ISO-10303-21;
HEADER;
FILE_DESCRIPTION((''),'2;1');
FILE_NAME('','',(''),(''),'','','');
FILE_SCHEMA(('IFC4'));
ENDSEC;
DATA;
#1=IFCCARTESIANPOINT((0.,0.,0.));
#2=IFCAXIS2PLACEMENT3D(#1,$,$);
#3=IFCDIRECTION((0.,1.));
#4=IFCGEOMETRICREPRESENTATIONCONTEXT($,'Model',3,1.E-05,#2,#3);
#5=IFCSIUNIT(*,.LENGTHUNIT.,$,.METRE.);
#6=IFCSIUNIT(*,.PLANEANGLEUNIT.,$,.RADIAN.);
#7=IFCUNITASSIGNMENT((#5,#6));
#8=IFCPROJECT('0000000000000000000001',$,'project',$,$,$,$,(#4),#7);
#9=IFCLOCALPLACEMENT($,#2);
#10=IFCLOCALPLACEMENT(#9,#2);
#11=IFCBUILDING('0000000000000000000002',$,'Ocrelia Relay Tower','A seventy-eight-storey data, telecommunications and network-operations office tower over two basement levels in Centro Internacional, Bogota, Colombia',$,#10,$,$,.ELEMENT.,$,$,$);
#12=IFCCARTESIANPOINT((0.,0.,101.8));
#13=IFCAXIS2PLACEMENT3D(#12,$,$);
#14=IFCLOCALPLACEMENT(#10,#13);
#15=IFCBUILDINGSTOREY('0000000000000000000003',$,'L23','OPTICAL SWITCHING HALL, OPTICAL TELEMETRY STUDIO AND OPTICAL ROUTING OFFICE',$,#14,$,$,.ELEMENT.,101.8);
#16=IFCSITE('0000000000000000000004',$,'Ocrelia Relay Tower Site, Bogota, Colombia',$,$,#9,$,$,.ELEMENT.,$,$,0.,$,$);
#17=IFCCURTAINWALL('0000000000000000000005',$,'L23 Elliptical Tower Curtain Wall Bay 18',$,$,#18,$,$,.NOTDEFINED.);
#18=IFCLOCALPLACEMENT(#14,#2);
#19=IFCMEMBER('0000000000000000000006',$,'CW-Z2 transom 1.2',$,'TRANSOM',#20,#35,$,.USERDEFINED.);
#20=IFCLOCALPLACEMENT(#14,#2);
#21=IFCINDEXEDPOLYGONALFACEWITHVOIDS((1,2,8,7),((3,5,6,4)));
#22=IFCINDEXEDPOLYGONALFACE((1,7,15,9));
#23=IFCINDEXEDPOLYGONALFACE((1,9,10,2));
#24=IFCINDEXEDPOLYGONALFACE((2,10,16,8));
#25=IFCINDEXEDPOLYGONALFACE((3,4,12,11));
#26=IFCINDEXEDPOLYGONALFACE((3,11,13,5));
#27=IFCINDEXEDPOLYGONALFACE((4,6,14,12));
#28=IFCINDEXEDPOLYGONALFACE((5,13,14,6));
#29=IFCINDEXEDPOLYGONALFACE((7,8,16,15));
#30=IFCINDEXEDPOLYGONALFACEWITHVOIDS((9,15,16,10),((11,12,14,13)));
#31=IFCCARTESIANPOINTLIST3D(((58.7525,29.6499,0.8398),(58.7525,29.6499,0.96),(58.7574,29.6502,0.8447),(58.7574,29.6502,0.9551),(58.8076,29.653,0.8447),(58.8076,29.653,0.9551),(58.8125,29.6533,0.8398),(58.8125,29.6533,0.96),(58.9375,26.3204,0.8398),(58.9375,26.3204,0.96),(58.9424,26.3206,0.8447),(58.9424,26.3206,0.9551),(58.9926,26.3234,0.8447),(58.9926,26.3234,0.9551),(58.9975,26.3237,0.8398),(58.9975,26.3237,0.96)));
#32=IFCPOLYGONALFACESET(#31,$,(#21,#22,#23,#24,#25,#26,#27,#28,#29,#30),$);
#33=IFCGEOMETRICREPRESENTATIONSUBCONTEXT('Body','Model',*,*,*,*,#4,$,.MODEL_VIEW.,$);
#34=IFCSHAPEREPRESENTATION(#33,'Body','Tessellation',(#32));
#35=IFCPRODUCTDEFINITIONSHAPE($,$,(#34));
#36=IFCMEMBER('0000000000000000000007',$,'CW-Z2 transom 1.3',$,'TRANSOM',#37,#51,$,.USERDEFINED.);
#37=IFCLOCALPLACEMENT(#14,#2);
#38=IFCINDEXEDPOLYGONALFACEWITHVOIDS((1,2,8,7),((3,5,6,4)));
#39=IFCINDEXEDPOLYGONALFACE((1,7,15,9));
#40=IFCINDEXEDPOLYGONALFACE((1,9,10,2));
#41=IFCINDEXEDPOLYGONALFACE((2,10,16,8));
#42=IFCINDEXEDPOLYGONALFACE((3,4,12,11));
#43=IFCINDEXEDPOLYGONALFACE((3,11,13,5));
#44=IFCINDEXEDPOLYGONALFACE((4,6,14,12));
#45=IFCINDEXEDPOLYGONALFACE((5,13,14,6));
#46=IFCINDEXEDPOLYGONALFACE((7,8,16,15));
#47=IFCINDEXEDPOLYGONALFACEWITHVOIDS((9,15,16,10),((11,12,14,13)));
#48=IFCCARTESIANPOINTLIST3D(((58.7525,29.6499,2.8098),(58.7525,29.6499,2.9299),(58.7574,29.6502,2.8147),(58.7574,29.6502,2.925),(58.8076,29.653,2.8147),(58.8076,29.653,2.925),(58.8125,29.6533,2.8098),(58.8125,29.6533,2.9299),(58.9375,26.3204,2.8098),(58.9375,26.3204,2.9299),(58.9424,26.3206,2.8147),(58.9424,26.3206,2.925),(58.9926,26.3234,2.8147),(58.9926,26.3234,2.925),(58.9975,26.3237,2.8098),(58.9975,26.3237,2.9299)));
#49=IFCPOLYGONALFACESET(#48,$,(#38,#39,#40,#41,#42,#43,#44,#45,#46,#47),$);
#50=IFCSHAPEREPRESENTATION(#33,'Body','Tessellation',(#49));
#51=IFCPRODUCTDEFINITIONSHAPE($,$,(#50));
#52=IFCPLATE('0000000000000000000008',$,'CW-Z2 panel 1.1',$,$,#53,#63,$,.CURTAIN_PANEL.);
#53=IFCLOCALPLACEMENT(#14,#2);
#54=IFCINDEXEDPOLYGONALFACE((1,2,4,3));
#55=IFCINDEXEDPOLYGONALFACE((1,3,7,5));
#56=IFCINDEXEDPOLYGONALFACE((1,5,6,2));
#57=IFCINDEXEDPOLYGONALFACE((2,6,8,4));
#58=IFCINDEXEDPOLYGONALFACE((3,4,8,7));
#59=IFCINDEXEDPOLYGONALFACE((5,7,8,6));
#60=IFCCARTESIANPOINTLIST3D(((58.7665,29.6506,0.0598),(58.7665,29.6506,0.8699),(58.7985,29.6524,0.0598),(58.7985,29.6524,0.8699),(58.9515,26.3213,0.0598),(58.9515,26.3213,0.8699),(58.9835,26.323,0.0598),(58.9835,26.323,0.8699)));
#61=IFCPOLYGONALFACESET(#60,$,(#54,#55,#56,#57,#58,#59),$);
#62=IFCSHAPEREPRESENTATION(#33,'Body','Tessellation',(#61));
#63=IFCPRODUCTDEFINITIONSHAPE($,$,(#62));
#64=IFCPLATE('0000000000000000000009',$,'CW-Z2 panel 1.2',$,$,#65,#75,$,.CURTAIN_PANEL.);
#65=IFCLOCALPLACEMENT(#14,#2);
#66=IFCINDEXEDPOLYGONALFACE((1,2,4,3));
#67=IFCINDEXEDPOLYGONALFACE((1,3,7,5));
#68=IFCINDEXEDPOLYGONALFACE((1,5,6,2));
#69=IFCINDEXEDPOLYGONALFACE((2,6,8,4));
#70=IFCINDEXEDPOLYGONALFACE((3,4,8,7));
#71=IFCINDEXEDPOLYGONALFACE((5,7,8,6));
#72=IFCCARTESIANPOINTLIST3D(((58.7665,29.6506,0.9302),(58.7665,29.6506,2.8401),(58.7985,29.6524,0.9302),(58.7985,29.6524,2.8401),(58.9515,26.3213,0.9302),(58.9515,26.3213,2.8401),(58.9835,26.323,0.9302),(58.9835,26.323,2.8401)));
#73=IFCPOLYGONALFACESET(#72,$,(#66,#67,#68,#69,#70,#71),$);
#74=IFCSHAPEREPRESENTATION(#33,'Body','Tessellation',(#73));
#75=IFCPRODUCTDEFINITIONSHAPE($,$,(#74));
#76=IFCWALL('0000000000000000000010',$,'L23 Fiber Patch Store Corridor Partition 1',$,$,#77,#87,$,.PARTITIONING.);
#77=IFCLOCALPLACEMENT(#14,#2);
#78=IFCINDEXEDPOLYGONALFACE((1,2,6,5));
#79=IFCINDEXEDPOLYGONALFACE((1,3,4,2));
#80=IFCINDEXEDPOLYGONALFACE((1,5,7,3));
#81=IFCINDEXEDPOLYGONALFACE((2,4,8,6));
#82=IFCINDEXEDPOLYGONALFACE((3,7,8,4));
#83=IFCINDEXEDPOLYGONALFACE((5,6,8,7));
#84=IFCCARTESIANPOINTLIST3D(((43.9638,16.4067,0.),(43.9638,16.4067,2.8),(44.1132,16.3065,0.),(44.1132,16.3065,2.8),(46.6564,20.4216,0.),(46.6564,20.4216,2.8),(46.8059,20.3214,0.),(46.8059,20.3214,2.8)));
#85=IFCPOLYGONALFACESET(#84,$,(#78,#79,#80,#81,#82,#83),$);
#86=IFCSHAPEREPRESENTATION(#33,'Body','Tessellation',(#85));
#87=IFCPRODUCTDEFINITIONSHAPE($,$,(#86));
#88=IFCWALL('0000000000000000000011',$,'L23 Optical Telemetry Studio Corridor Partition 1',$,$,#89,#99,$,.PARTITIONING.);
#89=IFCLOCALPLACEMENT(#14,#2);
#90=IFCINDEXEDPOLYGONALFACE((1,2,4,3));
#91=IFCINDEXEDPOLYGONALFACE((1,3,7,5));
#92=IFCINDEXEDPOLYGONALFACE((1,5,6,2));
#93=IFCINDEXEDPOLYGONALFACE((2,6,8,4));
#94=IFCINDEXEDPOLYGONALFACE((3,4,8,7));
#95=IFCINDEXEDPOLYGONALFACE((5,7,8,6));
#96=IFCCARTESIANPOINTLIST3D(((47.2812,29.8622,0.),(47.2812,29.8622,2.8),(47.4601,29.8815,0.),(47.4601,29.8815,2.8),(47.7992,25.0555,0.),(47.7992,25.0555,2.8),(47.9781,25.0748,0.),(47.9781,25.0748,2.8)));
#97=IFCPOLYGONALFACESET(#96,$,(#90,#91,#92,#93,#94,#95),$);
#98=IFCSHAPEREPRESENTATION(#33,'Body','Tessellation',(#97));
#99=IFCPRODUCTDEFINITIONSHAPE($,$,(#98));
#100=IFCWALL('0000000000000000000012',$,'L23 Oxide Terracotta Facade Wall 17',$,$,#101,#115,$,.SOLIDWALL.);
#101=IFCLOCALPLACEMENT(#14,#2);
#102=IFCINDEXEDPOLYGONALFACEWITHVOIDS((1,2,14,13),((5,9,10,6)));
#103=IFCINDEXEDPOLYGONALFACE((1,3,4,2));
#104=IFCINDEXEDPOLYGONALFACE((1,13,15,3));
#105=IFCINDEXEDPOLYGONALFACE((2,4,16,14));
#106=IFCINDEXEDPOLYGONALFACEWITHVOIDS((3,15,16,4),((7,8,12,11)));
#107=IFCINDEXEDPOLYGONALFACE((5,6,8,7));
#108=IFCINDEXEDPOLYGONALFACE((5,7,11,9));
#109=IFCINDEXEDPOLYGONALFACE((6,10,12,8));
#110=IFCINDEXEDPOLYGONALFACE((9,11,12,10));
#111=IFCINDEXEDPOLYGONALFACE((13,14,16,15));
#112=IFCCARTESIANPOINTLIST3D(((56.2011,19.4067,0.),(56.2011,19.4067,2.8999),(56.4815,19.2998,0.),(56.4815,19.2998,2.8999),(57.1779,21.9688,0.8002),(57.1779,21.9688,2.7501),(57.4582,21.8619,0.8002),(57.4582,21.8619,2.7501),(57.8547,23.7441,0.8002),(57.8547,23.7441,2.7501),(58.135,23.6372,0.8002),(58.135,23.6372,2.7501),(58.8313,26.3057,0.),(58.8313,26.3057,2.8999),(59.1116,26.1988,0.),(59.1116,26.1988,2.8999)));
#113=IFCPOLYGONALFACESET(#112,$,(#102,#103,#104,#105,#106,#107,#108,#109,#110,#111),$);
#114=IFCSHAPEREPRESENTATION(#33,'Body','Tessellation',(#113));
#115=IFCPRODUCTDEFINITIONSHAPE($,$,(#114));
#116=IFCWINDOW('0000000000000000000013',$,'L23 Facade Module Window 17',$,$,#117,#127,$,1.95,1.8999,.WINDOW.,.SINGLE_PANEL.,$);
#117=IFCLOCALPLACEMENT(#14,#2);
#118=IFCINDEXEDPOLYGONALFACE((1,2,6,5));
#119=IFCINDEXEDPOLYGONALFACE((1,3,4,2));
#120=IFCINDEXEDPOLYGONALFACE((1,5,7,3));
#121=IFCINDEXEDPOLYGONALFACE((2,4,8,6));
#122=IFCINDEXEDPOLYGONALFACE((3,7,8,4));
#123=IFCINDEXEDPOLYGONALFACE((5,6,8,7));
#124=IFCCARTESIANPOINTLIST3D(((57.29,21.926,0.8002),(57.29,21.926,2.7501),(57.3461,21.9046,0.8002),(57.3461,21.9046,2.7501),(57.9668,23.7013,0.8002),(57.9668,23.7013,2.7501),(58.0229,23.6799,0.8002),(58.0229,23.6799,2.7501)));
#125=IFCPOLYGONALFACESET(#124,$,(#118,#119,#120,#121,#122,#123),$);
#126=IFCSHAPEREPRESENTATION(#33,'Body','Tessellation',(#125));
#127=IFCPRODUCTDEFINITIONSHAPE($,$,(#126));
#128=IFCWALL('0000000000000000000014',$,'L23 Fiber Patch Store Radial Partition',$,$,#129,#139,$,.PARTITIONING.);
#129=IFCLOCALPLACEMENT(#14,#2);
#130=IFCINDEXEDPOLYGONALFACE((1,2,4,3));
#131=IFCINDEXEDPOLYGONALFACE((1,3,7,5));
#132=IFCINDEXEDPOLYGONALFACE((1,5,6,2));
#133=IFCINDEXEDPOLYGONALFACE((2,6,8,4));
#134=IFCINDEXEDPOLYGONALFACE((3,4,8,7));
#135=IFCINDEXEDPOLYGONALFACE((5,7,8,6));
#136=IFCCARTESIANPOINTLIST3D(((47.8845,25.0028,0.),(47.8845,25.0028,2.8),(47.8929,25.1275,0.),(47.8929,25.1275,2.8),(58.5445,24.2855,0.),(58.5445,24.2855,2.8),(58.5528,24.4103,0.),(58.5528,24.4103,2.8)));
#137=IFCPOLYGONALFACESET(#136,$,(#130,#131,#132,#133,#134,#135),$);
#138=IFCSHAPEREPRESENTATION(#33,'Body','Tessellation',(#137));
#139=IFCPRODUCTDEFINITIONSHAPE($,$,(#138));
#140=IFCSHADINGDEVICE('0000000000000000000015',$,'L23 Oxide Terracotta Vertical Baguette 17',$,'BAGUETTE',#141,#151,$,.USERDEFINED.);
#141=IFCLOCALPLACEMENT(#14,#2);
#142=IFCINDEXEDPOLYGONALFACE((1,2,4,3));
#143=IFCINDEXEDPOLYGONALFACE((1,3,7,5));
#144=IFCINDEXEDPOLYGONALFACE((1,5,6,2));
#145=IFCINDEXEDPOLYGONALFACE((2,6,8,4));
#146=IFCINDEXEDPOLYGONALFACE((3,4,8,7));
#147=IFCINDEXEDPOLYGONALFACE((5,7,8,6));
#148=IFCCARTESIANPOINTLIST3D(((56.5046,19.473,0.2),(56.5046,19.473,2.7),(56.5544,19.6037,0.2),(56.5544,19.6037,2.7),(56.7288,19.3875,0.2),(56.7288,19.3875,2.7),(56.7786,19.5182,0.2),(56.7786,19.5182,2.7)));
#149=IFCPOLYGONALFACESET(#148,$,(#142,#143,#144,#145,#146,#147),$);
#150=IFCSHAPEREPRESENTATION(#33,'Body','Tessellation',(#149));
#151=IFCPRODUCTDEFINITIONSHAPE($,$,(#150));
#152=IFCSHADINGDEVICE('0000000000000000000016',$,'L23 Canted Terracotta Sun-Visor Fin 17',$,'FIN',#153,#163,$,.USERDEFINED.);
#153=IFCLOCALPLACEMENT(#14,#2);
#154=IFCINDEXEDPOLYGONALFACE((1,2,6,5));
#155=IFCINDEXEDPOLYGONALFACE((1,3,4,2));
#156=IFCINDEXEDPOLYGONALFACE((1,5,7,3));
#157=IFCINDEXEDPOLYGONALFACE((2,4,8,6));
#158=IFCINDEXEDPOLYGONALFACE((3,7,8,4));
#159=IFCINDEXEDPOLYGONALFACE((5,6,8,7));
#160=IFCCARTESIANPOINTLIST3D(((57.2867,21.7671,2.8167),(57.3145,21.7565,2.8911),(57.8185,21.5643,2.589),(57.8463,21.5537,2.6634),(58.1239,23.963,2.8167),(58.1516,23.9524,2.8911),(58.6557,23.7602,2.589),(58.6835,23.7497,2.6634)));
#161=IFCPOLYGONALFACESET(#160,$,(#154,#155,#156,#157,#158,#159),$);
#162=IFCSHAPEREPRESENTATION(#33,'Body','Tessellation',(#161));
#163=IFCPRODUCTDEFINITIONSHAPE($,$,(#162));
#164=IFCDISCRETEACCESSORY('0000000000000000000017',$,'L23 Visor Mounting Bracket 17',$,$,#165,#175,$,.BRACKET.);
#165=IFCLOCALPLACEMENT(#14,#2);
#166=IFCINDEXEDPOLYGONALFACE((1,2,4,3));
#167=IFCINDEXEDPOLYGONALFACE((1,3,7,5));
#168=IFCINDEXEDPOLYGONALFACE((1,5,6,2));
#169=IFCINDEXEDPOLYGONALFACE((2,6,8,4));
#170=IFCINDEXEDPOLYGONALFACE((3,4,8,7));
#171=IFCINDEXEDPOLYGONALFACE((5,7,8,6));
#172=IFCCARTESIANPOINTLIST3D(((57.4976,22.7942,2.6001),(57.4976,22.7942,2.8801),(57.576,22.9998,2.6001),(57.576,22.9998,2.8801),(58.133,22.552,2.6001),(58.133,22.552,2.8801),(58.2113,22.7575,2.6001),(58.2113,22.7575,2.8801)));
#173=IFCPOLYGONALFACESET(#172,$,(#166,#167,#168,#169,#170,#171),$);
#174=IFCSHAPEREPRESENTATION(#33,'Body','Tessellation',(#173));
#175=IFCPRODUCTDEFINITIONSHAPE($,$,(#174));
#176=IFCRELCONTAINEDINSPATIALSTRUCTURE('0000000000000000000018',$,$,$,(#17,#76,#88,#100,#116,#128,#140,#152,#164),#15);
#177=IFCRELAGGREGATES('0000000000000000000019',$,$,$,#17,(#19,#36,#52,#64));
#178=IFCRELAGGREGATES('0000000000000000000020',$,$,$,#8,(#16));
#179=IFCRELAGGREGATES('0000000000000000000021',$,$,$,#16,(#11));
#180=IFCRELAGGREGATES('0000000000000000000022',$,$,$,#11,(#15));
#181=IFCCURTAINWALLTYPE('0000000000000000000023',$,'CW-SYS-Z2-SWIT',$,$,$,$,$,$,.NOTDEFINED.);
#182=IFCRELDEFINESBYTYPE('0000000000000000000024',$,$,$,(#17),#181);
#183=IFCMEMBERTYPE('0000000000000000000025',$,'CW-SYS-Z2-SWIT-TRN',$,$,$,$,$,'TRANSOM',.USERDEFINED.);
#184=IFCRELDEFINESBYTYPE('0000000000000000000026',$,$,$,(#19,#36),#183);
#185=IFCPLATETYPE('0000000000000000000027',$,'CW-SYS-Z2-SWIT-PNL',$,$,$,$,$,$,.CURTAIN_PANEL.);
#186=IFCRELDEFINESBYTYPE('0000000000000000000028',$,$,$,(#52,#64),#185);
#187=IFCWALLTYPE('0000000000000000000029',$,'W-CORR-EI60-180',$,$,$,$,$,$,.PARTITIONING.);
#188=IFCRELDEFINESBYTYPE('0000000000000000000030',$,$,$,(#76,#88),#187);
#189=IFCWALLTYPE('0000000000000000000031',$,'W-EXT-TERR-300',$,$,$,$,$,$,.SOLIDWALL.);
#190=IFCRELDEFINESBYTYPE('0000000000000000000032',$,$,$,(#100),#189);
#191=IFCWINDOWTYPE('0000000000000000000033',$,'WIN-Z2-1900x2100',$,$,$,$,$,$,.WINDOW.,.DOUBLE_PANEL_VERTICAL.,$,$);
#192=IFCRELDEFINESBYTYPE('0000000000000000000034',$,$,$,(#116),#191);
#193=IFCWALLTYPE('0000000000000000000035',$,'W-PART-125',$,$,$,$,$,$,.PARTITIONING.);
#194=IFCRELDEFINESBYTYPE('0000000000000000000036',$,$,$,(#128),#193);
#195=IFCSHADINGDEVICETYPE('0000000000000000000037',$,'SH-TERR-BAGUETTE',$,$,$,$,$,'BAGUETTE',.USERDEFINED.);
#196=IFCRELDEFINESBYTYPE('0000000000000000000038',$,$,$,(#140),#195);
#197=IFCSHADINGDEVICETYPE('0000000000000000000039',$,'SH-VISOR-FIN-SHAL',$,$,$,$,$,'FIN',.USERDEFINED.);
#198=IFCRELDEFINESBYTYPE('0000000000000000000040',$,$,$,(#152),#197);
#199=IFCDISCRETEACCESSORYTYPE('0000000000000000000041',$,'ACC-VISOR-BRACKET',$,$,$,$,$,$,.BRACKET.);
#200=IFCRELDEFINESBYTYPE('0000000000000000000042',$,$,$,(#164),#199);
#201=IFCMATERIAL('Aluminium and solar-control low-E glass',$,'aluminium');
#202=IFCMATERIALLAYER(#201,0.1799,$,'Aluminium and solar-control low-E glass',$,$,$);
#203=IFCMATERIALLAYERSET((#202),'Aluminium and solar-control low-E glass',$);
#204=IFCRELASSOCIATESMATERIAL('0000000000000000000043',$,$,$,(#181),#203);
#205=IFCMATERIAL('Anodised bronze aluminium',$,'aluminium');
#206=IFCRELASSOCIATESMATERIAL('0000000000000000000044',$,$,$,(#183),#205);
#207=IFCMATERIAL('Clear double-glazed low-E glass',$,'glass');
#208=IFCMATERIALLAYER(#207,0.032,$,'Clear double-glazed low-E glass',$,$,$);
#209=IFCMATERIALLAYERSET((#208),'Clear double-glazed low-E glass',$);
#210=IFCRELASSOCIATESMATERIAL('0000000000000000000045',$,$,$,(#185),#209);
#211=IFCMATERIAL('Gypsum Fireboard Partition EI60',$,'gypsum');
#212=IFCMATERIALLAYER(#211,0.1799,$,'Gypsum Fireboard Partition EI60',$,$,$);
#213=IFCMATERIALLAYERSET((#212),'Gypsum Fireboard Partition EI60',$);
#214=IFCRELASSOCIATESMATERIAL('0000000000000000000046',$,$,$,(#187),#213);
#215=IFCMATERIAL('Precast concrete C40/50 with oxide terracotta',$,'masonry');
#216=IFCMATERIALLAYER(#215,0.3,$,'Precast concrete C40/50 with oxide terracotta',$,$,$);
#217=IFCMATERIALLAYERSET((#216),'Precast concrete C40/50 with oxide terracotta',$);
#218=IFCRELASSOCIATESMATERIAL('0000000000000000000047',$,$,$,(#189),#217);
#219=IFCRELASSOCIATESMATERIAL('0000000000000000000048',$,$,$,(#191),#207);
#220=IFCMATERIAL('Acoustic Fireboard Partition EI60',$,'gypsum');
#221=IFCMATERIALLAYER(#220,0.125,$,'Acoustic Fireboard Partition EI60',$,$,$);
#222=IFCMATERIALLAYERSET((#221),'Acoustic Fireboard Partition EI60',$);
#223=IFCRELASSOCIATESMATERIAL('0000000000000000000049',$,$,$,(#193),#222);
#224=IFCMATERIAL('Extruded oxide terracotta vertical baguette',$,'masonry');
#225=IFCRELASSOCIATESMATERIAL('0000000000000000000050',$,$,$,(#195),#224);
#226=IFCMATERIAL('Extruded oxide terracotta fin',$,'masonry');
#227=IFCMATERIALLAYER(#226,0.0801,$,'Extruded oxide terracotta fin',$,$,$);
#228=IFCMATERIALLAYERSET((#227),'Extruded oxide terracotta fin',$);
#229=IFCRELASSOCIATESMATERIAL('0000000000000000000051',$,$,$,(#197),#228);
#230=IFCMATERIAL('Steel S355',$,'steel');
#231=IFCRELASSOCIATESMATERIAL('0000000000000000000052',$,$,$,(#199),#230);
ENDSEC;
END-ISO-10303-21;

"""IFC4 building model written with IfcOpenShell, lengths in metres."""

from ifc_helpers import new_model, si_unit, direction, frame, frame_2d, origin, origin_2d, place, context, subcontext, project, spatial, rectangle, hollow_rectangle, extrude, material, layer, layer_set, material_profile, profile_set, type_object, element, fill, aggregate, save


model = new_model("IFC4")

# Units and contexts
model_context = context("Model", 3, precision=1e-05, world=origin(), true_north=direction((0.0, 1.0)))
body_context = subcontext(model_context, "Body", "Model", "MODEL_VIEW")
ifc_project = project(units=[si_unit("LENGTHUNIT", "METRE"), si_unit("PLANEANGLEUNIT", "RADIAN")], contexts=[model_context])

# Site, building, storey
site_placement = place(None, origin())
site = spatial("IfcSite", under=ifc_project, at=site_placement, Name="Ocrelia Relay Tower Site, Bogota, Colombia", CompositionType="ELEMENT", RefElevation=0.0)
building_placement = place(site_placement, origin())
building = spatial("IfcBuilding", under=site, at=building_placement, Name="Ocrelia Relay Tower", Description="A seventy-eight-storey data, telecommunications and network-operations office tower over two basement levels in Centro Internacional, Bogota, Colombia", CompositionType="ELEMENT")
storey_placement = place(building_placement, frame((0.0, 0.0, 101.8)))
storey = spatial("IfcBuildingStorey", under=building, at=storey_placement, Name="L23", Description="OPTICAL SWITCHING HALL, OPTICAL TELEMETRY STUDIO AND OPTICAL ROUTING OFFICE", CompositionType="ELEMENT", Elevation=101.8)

# Shared definitions
ifc_material_1 = material(Name="Steel S355", Category="steel")

# Curtain wall, members, plates
ifc_material_2 = material(Name="Aluminium and solar-control low-E glass", Category="aluminium")
ifc_layer_1 = layer(ifc_material_2, 0.1799, Name="Aluminium and solar-control low-E glass")
ifc_layer_set_1 = layer_set([ifc_layer_1], Name="Aluminium and solar-control low-E glass")
curtain_wall_type = type_object("IfcCurtainWallType", Name="CW-SYS-Z2-SWIT", PredefinedType="NOTDEFINED", material=ifc_layer_set_1)
curtain_wall_placement = place(storey_placement, origin())
curtain_wall = element("IfcCurtainWall", 1, at=curtain_wall_placement, inside=storey, type_object=curtain_wall_type, Name="L23 Elliptical Tower Curtain Wall Bay 18", PredefinedType="NOTDEFINED")
ifc_material_3 = material(Name="Anodised bronze aluminium", Category="aluminium")
ifc_material_profile_1 = material_profile(ifc_material_3, hollow_rectangle(XDim=0.0601, YDim=0.1201, WallThickness=0.0049, at=origin_2d()), Name="CW-TRN-120x60")
ifc_profile_set_1 = profile_set([ifc_material_profile_1], Name="Anodised bronze aluminium")
member_type_1 = type_object("IfcMemberType", Name="CW-SYS-Z2-SWIT-TRN", ElementType="TRANSOM", PredefinedType="USERDEFINED", material=ifc_profile_set_1)
member_1_placement = place(storey_placement, frame((58.9675, 26.322, 0.8999), z_axis=(-0.055494, 0.998459, 0.0), x_axis=(-0.998459, -0.055494, 0.0)))
member_1 = element("IfcMember", 2, at=member_1_placement, type_object=member_type_1, Name="CW-Z2 transom 1.2", ObjectType="TRANSOM", PredefinedType="USERDEFINED", context=body_context, shape_type="SweptSolid", body=[
    extrude(hollow_rectangle(XDim=0.0601, YDim=0.1201, WallThickness=0.0049, at=origin_2d()), origin(), (0.0, 0.0, 1.0), 3.3347),
])
member_2_placement = place(storey_placement, frame((58.9675, 26.322, 2.8699), z_axis=(-0.055494, 0.998459, 0.0), x_axis=(-0.998459, -0.055494, 0.0)))
member_2 = element("IfcMember", 3, at=member_2_placement, type_object=member_type_1, Name="CW-Z2 transom 1.3", ObjectType="TRANSOM", PredefinedType="USERDEFINED", context=body_context, shape_type="SweptSolid", body=[
    extrude(hollow_rectangle(XDim=0.0601, YDim=0.1201, WallThickness=0.0049, at=origin_2d()), origin(), (0.0, 0.0, 1.0), 3.3347),
])
ifc_material_4 = material(Name="Clear double-glazed low-E glass", Category="glass")
ifc_layer_2 = layer(ifc_material_4, 0.032, Name="Clear double-glazed low-E glass")
ifc_layer_set_2 = layer_set([ifc_layer_2], Name="Clear double-glazed low-E glass")
plate_type = type_object("IfcPlateType", Name="CW-SYS-Z2-SWIT-PNL", PredefinedType="CURTAIN_PANEL", material=ifc_layer_set_2)
plate_1_placement = place(storey_placement, frame((58.875, 27.9868, 0.0598), z_axis=(0.0, 0.0, 1.0), x_axis=(-0.055487, 0.998459, 0.0)))
plate_1 = element("IfcPlate", 4, at=plate_1_placement, type_object=plate_type, Name="CW-Z2 panel 1.1", PredefinedType="CURTAIN_PANEL", context=body_context, shape_type="SweptSolid", body=[
    extrude(rectangle(XDim=3.3345, YDim=0.032, at=origin_2d()), origin(), (0.0, 0.0, 1.0), 0.8101),
])
plate_2_placement = place(storey_placement, frame((58.875, 27.9868, 0.9302), z_axis=(0.0, 0.0, 1.0), x_axis=(-0.055487, 0.998459, 0.0)))
plate_2 = element("IfcPlate", 5, at=plate_2_placement, type_object=plate_type, Name="CW-Z2 panel 1.2", PredefinedType="CURTAIN_PANEL", context=body_context, shape_type="SweptSolid", body=[
    extrude(rectangle(XDim=3.3345, YDim=0.032, at=origin_2d()), origin(), (0.0, 0.0, 1.0), 1.9099),
])
aggregate(curtain_wall, [member_1, member_2, plate_1, plate_2])

# Wall
ifc_material_5 = material(Name="Gypsum Fireboard Partition EI60", Category="gypsum")
ifc_layer_3 = layer(ifc_material_5, 0.1799, Name="Gypsum Fireboard Partition EI60")
ifc_layer_set_3 = layer_set([ifc_layer_3], Name="Gypsum Fireboard Partition EI60")
wall_type_1 = type_object("IfcWallType", Name="W-CORR-EI60-180", PredefinedType="PARTITIONING", material=ifc_layer_set_3)
wall_1_placement = place(storey_placement, frame((44.0386, 16.3567, 0.0), z_axis=(0.0, 0.0, 1.0), x_axis=(0.556994, 0.830517, 0.0)))
element("IfcWall", 6, at=wall_1_placement, inside=storey, type_object=wall_type_1, Name="L23 Fiber Patch Store Corridor Partition 1", PredefinedType="PARTITIONING", context=body_context, shape_type="SweptSolid", body=[
    extrude(rectangle(XDim=4.8342, YDim=0.1799, at=frame_2d((2.417, 0.0))), origin(), (0.0, 0.0, 1.0), 2.8),
])

# Wall
wall_2_placement = place(storey_placement, frame((47.8887, 25.0652, 0.0), z_axis=(0.0, 0.0, 1.0), x_axis=(-0.107161, 0.994242, 0.0)))
element("IfcWall", 7, at=wall_2_placement, inside=storey, type_object=wall_type_1, Name="L23 Optical Telemetry Studio Corridor Partition 1", PredefinedType="PARTITIONING", context=body_context, shape_type="SweptSolid", body=[
    extrude(rectangle(XDim=4.8345, YDim=0.1799, at=frame_2d((2.4172, 0.0))), origin(), (0.0, 0.0, 1.0), 2.8),
])

# Wall, opening, window
ifc_material_6 = material(Name="Precast concrete C40/50 with oxide terracotta", Category="masonry")
ifc_layer_4 = layer(ifc_material_6, 0.3, Name="Precast concrete C40/50 with oxide terracotta")
ifc_layer_set_4 = layer_set([ifc_layer_4], Name="Precast concrete C40/50 with oxide terracotta")
wall_type_2 = type_object("IfcWallType", Name="W-EXT-TERR-300", PredefinedType="SOLIDWALL", material=ifc_layer_set_4)
wall_3_placement = place(storey_placement, frame((56.3413, 19.3533, 0.0), z_axis=(0.0, 0.0, 1.0), x_axis=(0.356228, 0.934399, 0.0)))
wall_3 = element("IfcWall", 8, at=wall_3_placement, inside=storey, type_object=wall_type_2, Name="L23 Oxide Terracotta Facade Wall 17", PredefinedType="SOLIDWALL", context=body_context, shape_type="SweptSolid", body=[
    extrude(rectangle(XDim=7.3833, YDim=0.3, at=frame_2d((3.6917, 0.0))), origin(), (0.0, 0.0, 1.0), 2.8999),
])
opening_1_placement = place(wall_3_placement, frame((2.7419, 0.0, 0.8)))
opening_1 = element("IfcOpeningElement", 9, at=opening_1_placement, cuts=wall_3, PredefinedType="OPENING", context=body_context, shape_type="SweptSolid", body=[
    extrude(rectangle(XDim=1.8999, YDim=1.95, at=frame_2d((0.95, 0.9751))), frame((0.0, 0.1602, 0.0), z_axis=(0.0, -1.0, 0.0), x_axis=(1.0, 0.0, 0.0)), (0.0, 0.0, 1.0), 0.3201),
])
window_type = type_object("IfcWindowType", Name="WIN-Z2-1900x2100", PartitioningType="DOUBLE_PANEL_VERTICAL", PredefinedType="WINDOW", material=ifc_material_4)
window_placement = place(opening_1_placement, origin())
window = element("IfcWindow", 10, at=window_placement, inside=storey, type_object=window_type, Name="L23 Facade Module Window 17", OverallHeight=1.95, OverallWidth=1.8999, PartitioningType="SINGLE_PANEL", PredefinedType="WINDOW", context=body_context, shape_type="SweptSolid", body=[
    extrude(rectangle(XDim=1.8999, YDim=1.95, at=frame_2d((0.95, 0.9751))), frame((0.0, 0.03, 0.0), z_axis=(0.0, -1.0, 0.0), x_axis=(1.0, 0.0, 0.0)), (0.0, 0.0, 1.0), 0.0601),
])
fill(opening_1, window)

# Wall
ifc_material_7 = material(Name="Acoustic Fireboard Partition EI60", Category="gypsum")
ifc_layer_5 = layer(ifc_material_7, 0.125, Name="Acoustic Fireboard Partition EI60")
ifc_layer_set_5 = layer_set([ifc_layer_5], Name="Acoustic Fireboard Partition EI60")
wall_type_3 = type_object("IfcWallType", Name="W-PART-125", PredefinedType="PARTITIONING", material=ifc_layer_set_5)
wall_4_placement = place(storey_placement, frame((47.8887, 25.0652, 0.0), z_axis=(0.0, 0.0, 1.0), x_axis=(0.997744, -0.067136, 0.0)))
element("IfcWall", 11, at=wall_4_placement, inside=storey, type_object=wall_type_3, Name="L23 Fiber Patch Store Radial Partition", PredefinedType="PARTITIONING", context=body_context, shape_type="SweptSolid", body=[
    extrude(rectangle(XDim=10.6841, YDim=0.125, at=frame_2d((5.342, 0.0))), origin(), (0.0, 0.0, 1.0), 2.8),
])

# Shading devices
ifc_material_8 = material(Name="Extruded oxide terracotta vertical baguette", Category="masonry")
shading_device_type_1 = type_object("IfcShadingDeviceType", Name="SH-TERR-BAGUETTE", ElementType="BAGUETTE", PredefinedType="USERDEFINED", material=ifc_material_8)
shading_device_1_placement = place(storey_placement, frame((56.6416, 19.4956, 0.2), z_axis=(0.0, 0.0, 1.0), x_axis=(0.356238, 0.934395, 0.0)))
element("IfcShadingDevice", 12, at=shading_device_1_placement, inside=storey, type_object=shading_device_type_1, Name="L23 Oxide Terracotta Vertical Baguette 17", ObjectType="BAGUETTE", PredefinedType="USERDEFINED", context=body_context, shape_type="SweptSolid", body=[
    extrude(rectangle(XDim=0.1399, YDim=0.24, at=origin_2d()), origin(), (0.0, 0.0, 1.0), 2.5),
])
ifc_material_9 = material(Name="Extruded oxide terracotta fin", Category="masonry")
ifc_layer_6 = layer(ifc_material_9, 0.0801, Name="Extruded oxide terracotta fin")
ifc_layer_set_6 = layer_set([ifc_layer_6], Name="Extruded oxide terracotta fin")
shading_device_type_2 = type_object("IfcShadingDeviceType", Name="SH-VISOR-FIN-SHAL", ElementType="FIN", PredefinedType="USERDEFINED", material=ifc_layer_set_6)
shading_device_2_placement = place(storey_placement, frame((57.9712, 22.7637, 2.7029), z_axis=(0.347004, -0.132295, 0.928486), x_axis=(0.356238, 0.934395, 0.0)))
element("IfcShadingDevice", 13, at=shading_device_2_placement, inside=storey, type_object=shading_device_type_2, Name="L23 Canted Terracotta Sun-Visor Fin 17", ObjectType="FIN", PredefinedType="USERDEFINED", context=body_context, shape_type="SweptSolid", body=[
    extrude(rectangle(XDim=2.3501, YDim=0.613, at=origin_2d()), origin(), (0.0, 0.0, 1.0), 0.0801),
])

# Discrete accessory
discrete_accessory_type = type_object("IfcDiscreteAccessoryType", Name="ACC-VISOR-BRACKET", PredefinedType="BRACKET", material=ifc_material_1)
discrete_accessory_placement = place(storey_placement, frame((57.8545, 22.7759, 2.6001), z_axis=(0.0, 0.0, 1.0), x_axis=(0.356238, 0.934395, 0.0)))
element("IfcDiscreteAccessory", 14, at=discrete_accessory_placement, inside=storey, type_object=discrete_accessory_type, Name="L23 Visor Mounting Bracket 17", PredefinedType="BRACKET", context=body_context, shape_type="SweptSolid", body=[
    extrude(rectangle(XDim=0.22, YDim=0.6799, at=origin_2d()), origin(), (0.0, 0.0, 1.0), 0.28),
])

save(model, "model.ifc")
